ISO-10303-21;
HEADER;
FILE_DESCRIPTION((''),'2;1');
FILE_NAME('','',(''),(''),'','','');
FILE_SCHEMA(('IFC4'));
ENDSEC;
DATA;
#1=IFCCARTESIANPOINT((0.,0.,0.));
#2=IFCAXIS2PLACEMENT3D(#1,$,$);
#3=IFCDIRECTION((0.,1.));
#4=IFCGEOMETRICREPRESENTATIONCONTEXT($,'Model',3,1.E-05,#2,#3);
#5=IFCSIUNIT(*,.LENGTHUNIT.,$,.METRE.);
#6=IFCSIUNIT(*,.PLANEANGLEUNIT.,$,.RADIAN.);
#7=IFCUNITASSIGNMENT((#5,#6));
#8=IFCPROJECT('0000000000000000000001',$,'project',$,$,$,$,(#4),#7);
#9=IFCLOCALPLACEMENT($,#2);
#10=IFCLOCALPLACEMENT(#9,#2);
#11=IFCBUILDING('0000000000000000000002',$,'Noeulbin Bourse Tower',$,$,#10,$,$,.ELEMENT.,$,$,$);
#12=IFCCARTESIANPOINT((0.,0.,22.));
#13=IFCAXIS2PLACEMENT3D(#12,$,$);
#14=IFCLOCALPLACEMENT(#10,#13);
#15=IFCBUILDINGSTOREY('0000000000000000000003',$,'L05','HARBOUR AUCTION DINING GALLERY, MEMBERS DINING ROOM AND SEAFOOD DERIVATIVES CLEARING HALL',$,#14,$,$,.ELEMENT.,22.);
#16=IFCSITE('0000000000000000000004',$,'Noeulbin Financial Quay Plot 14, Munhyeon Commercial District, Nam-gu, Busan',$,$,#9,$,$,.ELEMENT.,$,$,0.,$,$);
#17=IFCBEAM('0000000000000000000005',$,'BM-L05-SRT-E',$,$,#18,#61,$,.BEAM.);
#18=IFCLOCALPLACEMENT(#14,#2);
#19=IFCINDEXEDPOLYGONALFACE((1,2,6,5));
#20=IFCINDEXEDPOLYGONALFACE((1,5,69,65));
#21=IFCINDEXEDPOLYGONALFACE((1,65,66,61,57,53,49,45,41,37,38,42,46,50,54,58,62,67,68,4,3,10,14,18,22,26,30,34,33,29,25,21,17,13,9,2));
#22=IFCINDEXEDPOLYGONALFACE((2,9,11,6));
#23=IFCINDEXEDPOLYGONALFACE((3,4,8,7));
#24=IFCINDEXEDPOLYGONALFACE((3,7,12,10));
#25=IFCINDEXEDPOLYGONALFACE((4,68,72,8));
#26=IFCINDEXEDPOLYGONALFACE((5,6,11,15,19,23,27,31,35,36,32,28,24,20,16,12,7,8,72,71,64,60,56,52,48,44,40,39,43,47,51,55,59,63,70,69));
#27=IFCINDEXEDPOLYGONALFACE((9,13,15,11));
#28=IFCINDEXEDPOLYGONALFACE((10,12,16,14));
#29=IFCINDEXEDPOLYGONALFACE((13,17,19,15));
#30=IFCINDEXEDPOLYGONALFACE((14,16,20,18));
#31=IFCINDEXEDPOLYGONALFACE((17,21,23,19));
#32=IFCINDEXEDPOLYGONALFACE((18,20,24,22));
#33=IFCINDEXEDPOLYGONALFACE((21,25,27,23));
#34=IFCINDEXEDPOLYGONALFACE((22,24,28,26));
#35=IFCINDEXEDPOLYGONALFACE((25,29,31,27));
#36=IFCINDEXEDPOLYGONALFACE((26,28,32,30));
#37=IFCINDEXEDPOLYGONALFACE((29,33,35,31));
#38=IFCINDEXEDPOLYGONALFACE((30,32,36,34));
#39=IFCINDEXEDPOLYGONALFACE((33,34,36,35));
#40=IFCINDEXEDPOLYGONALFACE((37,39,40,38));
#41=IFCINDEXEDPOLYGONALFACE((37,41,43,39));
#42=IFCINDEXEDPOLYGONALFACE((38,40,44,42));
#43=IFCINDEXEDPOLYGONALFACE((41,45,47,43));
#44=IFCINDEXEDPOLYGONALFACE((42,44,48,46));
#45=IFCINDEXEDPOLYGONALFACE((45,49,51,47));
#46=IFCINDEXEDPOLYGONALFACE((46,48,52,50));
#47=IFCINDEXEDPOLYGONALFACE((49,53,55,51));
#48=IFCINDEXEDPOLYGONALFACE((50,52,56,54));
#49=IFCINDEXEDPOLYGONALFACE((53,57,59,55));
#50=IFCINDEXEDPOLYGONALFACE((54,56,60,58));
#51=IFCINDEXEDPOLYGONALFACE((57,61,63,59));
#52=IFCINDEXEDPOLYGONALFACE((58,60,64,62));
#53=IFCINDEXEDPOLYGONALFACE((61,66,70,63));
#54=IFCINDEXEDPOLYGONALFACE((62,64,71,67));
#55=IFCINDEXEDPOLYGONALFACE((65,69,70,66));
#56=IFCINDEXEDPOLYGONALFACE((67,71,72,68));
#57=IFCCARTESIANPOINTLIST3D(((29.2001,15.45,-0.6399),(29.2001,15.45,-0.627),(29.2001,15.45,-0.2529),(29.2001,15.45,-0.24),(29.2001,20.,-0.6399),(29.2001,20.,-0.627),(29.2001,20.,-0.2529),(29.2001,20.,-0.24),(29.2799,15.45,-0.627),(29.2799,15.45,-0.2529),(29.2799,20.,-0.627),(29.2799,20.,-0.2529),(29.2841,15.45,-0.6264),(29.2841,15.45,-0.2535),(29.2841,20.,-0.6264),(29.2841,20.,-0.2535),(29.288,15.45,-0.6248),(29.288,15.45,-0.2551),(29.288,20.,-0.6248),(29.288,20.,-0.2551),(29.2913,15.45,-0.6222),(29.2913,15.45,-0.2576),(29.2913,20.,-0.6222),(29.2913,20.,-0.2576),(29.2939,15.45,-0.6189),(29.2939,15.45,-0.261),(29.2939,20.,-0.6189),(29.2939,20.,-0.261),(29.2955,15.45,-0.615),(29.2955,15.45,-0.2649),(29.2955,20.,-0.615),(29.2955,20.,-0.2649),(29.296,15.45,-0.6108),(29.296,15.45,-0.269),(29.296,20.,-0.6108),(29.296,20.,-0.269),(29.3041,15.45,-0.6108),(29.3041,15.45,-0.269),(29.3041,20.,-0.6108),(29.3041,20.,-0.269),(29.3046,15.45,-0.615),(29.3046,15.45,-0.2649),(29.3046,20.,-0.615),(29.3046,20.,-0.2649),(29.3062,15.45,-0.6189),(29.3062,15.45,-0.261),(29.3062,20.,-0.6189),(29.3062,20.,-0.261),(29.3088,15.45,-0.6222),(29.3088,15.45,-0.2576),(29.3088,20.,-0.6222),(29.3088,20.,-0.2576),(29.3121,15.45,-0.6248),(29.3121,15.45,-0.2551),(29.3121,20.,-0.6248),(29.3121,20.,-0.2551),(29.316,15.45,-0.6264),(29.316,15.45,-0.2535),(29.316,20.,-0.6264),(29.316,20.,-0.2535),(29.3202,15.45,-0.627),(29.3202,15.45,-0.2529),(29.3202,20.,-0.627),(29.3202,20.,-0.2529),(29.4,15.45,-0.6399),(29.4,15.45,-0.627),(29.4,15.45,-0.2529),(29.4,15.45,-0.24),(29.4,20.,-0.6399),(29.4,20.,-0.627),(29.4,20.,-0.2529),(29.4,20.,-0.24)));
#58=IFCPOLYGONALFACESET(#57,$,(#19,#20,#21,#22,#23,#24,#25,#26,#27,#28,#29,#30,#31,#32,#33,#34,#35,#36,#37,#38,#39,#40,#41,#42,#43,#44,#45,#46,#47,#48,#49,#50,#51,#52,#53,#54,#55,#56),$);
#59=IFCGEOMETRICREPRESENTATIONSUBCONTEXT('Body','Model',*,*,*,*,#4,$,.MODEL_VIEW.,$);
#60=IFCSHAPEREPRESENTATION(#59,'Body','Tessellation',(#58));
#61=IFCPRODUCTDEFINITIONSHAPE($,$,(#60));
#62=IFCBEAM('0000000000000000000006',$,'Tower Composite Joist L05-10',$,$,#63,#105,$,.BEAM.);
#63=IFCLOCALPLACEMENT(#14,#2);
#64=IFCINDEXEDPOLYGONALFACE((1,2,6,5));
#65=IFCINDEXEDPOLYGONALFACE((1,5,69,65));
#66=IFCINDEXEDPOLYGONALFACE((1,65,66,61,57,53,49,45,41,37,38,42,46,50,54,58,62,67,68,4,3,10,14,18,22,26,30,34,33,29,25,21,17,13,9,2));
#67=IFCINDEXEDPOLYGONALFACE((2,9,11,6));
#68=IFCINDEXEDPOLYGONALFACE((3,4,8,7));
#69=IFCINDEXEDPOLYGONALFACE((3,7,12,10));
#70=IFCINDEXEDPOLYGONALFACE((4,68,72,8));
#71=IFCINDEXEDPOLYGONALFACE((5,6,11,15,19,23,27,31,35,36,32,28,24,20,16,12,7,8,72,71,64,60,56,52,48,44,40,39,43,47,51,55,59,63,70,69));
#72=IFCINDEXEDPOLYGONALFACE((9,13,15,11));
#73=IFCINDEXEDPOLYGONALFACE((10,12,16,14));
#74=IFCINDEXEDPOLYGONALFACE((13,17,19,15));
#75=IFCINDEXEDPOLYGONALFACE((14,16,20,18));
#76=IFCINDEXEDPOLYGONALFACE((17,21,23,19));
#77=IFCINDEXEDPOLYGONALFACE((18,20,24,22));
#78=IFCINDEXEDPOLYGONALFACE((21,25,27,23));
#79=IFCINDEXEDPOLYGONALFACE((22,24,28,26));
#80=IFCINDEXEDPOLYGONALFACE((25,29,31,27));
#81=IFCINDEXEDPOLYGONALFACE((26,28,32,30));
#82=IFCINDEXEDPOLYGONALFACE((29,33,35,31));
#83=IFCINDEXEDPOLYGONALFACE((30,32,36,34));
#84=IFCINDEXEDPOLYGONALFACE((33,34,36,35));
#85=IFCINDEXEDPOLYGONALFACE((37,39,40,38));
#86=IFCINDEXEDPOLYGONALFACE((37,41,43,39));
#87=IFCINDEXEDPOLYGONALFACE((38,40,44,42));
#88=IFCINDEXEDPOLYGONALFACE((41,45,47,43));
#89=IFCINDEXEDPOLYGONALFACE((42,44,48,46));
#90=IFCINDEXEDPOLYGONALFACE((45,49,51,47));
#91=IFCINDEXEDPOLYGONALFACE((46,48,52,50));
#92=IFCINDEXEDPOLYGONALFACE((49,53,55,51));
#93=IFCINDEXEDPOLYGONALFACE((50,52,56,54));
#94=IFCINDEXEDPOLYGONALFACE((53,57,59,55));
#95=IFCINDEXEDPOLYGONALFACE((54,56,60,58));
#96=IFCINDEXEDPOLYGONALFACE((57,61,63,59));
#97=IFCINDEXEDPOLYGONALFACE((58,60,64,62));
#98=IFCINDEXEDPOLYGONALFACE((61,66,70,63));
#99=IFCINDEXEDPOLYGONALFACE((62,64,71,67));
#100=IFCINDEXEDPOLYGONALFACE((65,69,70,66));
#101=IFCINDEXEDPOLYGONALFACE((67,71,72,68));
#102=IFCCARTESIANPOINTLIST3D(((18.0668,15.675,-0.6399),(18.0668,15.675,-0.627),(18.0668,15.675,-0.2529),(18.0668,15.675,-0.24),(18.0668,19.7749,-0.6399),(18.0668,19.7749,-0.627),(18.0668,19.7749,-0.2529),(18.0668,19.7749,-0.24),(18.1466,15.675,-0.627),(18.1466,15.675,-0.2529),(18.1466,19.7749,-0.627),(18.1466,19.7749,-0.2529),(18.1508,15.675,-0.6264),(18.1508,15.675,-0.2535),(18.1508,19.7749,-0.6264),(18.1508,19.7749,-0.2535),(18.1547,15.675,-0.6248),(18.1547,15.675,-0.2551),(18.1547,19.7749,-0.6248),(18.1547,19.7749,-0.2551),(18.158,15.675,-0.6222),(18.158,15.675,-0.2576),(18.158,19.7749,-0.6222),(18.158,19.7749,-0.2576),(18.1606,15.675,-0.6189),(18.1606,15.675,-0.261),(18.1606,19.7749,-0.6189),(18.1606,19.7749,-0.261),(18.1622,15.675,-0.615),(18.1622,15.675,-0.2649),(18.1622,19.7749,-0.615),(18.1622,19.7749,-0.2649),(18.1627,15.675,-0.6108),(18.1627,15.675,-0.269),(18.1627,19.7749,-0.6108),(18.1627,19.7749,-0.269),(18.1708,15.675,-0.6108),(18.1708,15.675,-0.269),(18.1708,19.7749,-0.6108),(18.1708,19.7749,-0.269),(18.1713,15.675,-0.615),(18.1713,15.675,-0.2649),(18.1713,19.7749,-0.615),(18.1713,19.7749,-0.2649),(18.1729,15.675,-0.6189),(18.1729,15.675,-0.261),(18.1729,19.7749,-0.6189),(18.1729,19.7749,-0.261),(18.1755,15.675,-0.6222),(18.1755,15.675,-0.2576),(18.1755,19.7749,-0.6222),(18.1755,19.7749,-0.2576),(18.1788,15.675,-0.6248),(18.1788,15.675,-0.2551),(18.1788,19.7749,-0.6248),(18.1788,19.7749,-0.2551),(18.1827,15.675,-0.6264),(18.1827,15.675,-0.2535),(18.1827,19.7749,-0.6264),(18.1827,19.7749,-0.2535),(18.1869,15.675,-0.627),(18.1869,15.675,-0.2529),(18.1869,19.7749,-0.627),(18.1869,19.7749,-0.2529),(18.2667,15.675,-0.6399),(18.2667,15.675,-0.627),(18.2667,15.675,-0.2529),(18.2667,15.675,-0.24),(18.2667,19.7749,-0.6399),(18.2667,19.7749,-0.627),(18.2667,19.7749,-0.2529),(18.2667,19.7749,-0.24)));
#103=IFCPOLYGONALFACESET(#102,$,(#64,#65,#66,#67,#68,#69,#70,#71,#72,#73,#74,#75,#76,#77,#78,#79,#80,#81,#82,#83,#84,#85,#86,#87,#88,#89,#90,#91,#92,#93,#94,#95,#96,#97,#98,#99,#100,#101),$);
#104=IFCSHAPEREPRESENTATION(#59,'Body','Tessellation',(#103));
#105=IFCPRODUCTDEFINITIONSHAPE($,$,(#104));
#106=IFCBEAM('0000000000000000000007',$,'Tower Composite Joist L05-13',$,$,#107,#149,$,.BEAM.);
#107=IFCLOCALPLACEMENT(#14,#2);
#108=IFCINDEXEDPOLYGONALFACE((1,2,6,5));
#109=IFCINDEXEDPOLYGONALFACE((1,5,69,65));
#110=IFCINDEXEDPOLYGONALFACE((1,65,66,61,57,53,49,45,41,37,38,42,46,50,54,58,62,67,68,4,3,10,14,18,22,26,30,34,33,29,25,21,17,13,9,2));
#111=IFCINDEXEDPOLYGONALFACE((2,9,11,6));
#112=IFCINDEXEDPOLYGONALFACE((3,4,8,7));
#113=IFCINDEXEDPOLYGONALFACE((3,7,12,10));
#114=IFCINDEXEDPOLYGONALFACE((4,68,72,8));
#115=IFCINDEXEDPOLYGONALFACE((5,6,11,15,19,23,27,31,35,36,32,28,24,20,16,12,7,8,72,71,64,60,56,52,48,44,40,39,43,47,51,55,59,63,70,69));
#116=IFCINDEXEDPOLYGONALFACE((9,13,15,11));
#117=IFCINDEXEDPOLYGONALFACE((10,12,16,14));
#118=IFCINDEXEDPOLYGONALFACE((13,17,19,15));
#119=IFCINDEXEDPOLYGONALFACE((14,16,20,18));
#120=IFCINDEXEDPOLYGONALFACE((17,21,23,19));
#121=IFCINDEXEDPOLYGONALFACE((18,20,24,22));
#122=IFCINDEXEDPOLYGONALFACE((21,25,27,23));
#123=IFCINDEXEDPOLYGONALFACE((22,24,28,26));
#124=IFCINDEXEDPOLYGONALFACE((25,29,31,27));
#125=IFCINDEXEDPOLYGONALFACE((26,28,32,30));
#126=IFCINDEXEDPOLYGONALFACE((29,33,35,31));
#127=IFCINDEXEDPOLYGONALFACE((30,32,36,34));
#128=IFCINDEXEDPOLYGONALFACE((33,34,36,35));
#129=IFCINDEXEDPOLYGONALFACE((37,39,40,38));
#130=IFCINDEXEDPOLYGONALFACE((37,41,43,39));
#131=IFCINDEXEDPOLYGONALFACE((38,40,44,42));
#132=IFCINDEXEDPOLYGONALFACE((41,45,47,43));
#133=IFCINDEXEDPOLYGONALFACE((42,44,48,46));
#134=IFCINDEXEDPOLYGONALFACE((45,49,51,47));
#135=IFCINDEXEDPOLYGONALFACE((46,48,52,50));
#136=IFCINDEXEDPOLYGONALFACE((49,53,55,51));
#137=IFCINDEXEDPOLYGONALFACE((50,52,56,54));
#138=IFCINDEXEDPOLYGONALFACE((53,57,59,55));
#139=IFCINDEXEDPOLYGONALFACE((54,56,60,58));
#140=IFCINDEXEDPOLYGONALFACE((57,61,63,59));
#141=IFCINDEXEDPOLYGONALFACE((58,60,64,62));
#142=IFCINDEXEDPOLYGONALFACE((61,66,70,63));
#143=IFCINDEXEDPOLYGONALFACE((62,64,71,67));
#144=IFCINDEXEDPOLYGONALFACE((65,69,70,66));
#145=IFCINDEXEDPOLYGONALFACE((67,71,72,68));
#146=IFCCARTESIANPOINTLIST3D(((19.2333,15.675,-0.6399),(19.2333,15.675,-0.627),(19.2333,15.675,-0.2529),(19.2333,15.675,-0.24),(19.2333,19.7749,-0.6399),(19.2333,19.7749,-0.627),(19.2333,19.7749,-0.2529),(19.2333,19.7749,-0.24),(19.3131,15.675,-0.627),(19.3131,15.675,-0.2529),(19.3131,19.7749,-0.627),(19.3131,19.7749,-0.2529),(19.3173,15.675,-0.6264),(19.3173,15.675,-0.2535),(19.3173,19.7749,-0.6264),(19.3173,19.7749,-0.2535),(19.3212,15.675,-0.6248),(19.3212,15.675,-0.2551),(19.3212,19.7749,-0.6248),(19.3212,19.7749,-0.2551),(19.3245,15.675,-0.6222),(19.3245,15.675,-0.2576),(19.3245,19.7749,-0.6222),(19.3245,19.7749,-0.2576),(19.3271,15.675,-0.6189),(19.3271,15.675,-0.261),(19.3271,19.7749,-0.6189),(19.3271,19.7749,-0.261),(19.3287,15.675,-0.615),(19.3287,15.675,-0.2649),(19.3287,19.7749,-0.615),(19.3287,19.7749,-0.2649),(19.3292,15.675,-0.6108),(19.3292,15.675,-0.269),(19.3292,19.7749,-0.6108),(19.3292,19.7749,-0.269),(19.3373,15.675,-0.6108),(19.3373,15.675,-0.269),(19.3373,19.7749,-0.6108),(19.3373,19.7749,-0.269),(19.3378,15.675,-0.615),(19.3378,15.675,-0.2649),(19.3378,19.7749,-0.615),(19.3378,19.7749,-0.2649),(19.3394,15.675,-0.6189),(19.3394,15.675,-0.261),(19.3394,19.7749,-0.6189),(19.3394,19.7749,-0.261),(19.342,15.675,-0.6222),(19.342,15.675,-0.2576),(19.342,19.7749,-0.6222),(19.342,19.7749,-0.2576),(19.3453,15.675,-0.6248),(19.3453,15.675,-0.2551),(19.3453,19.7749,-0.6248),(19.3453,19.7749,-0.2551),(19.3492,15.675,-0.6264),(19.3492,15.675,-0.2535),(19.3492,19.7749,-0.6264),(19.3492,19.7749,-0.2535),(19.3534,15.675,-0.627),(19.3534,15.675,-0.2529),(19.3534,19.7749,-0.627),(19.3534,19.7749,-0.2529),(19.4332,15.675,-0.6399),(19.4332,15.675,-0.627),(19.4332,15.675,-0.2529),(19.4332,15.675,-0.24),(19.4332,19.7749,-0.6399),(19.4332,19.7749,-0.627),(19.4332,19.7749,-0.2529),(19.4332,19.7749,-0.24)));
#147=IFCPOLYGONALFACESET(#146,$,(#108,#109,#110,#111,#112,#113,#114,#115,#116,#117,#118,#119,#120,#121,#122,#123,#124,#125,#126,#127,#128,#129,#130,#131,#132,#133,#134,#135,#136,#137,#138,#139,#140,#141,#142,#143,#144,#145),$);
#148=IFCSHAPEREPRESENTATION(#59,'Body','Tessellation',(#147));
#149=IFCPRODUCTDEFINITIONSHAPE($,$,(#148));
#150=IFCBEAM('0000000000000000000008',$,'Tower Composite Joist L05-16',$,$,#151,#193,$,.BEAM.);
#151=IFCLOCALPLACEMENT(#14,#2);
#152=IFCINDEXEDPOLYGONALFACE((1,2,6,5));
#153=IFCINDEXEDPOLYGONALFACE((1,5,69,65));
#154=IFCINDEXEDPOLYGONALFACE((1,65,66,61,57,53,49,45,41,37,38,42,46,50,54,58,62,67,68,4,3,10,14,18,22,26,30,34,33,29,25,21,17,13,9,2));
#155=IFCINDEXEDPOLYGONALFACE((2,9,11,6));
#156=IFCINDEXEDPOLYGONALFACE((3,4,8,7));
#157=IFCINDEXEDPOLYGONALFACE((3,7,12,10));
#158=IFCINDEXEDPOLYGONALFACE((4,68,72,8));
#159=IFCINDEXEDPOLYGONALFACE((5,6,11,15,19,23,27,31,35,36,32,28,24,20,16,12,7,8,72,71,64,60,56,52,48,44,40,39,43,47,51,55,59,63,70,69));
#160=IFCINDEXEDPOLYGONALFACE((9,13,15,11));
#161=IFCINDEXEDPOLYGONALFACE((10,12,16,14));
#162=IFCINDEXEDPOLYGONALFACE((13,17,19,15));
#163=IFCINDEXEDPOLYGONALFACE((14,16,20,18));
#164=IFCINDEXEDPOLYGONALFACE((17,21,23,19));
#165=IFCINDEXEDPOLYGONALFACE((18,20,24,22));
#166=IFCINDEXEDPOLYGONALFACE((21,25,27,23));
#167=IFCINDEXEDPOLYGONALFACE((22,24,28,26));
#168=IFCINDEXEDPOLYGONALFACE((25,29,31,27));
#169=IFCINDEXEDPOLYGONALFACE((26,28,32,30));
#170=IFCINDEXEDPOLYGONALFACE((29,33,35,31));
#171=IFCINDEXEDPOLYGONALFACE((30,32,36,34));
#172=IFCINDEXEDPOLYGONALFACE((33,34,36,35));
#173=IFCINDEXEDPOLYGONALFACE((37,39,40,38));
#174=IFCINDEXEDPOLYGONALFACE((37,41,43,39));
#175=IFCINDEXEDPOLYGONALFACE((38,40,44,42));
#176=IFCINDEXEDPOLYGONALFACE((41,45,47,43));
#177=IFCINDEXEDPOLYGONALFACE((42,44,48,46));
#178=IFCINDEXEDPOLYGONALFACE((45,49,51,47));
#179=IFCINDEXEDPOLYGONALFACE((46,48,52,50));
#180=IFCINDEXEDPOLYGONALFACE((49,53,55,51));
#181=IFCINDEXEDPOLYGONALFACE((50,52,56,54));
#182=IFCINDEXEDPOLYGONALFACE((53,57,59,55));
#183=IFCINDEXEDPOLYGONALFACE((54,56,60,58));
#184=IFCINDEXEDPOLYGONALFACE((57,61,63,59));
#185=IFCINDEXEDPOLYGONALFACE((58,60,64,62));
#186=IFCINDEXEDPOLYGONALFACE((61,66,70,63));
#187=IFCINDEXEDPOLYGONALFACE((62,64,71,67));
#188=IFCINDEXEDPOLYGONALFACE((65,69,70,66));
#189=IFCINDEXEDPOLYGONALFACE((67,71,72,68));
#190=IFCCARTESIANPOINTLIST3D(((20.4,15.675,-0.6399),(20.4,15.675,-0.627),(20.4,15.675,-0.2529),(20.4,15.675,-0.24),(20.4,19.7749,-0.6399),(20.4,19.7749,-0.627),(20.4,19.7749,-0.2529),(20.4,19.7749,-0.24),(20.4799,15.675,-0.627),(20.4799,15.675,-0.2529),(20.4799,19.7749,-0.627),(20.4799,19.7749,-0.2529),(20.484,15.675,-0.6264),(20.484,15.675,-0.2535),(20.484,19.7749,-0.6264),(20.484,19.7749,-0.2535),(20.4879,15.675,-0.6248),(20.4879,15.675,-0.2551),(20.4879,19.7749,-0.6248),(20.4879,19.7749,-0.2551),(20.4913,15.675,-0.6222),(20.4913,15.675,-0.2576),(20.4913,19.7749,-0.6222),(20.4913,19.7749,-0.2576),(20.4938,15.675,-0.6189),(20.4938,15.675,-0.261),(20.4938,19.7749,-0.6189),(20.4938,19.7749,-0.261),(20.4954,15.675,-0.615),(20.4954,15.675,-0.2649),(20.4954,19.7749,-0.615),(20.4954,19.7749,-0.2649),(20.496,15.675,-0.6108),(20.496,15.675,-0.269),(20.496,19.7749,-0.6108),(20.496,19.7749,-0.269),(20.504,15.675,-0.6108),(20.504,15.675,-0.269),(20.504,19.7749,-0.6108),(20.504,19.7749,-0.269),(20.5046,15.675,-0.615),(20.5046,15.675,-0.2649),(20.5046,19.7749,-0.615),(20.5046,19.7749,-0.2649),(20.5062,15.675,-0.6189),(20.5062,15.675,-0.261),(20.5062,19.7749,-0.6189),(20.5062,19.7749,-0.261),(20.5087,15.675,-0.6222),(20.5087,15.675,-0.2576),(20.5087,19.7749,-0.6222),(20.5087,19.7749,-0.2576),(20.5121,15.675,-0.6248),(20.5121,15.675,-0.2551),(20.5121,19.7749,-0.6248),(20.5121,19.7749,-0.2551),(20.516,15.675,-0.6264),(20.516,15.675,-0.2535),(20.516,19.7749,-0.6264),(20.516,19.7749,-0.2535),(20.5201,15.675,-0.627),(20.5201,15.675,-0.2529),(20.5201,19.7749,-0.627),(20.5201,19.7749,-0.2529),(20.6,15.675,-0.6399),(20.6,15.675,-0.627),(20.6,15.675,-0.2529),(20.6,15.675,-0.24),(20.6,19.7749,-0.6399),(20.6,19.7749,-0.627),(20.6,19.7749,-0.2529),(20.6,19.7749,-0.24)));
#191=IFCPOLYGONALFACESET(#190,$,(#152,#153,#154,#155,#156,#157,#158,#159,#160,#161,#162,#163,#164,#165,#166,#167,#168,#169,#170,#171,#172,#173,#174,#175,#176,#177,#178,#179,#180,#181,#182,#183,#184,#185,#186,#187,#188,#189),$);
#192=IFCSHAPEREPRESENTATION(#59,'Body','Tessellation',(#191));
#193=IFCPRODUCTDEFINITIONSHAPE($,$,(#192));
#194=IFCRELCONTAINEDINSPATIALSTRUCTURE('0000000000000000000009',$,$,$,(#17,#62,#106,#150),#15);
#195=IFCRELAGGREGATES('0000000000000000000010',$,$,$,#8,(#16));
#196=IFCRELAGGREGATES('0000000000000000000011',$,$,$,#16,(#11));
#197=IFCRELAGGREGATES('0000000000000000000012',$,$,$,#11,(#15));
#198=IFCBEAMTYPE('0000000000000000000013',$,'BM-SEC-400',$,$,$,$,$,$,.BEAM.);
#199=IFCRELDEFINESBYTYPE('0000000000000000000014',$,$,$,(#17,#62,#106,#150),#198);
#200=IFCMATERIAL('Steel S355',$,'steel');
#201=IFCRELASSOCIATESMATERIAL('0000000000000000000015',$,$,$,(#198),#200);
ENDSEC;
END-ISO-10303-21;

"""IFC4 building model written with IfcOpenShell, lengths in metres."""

from ifc_helpers import new_model, si_unit, direction, frame, origin, origin_2d, place, context, subcontext, project, spatial, i_section, extrude, material, material_profile, profile_set, type_object, element, save


model = new_model("IFC4")

# Units and contexts
model_context = context("Model", 3, precision=1e-05, world=origin(), true_north=direction((0.0, 1.0)))
body_context = subcontext(model_context, "Body", "Model", "MODEL_VIEW")
ifc_project = project(units=[si_unit("LENGTHUNIT", "METRE"), si_unit("PLANEANGLEUNIT", "RADIAN")], contexts=[model_context])

# Site, building, storey
site_placement = place(None, origin())
site = spatial("IfcSite", under=ifc_project, at=site_placement, Name="Noeulbin Financial Quay Plot 14, Munhyeon Commercial District, Nam-gu, Busan", CompositionType="ELEMENT", RefElevation=0.0)
building_placement = place(site_placement, origin())
building = spatial("IfcBuilding", under=site, at=building_placement, Name="Noeulbin Bourse Tower", CompositionType="ELEMENT")
storey_placement = place(building_placement, frame((0.0, 0.0, 22.0)))
storey = spatial("IfcBuildingStorey", under=building, at=storey_placement, Name="L05", Description="HARBOUR AUCTION DINING GALLERY, MEMBERS DINING ROOM AND SEAFOOD DERIVATIVES CLEARING HALL", CompositionType="ELEMENT", Elevation=22.0)

# Beams
ifc_material_1 = material(Name="Steel S355", Category="steel")
ifc_material_profile_1 = material_profile(ifc_material_1, i_section(OverallWidth=0.2, OverallDepth=0.3999, WebThickness=0.0081, FlangeThickness=0.0129, FilletRadius=0.0161, at=origin_2d()), Name="H-400x200x8x13", Category="LoadBearing")
ifc_profile_set_1 = profile_set([ifc_material_profile_1], Name="Steel S355")
beam_type_1 = type_object("IfcBeamType", Name="BM-SEC-400", PredefinedType="BEAM", material=ifc_profile_set_1)
for number, where, z_axis, x_axis, name in (
    (1, (29.3, 15.45, -0.4399), (0.0, 1.0, 0.0), (-1.0, 0.0, 0.0), "BM-L05-SRT-E"),
):
    element("IfcBeam", number, at=place(storey_placement, frame(where, z_axis=z_axis, x_axis=x_axis)), inside=storey, type_object=beam_type_1, Name=name, PredefinedType="BEAM", context=body_context, shape_type="SweptSolid", body=[
        extrude(i_section(OverallWidth=0.2, OverallDepth=0.3999, WebThickness=0.0081, FlangeThickness=0.0129, FilletRadius=0.0161, at=origin_2d()), origin(), (0.0, 0.0, 1.0), 4.55),
    ])
for number, where, z_axis, x_axis, name in (
    (2, (18.1667, 15.675, -0.4399), (0.0, 1.0, 0.0), (-1.0, 0.0, 0.0), "Tower Composite Joist L05-10"),
    (3, (19.3333, 15.675, -0.4399), (0.0, 1.0, 0.0), (-1.0, 0.0, 0.0), "Tower Composite Joist L05-13"),
    (4, (20.5, 15.675, -0.4399), (0.0, 1.0, 0.0), (-1.0, 0.0, 0.0), "Tower Composite Joist L05-16"),
):
    element("IfcBeam", number, at=place(storey_placement, frame(where, z_axis=z_axis, x_axis=x_axis)), inside=storey, type_object=beam_type_1, Name=name, PredefinedType="BEAM", context=body_context, shape_type="SweptSolid", body=[
        extrude(i_section(OverallWidth=0.2, OverallDepth=0.3999, WebThickness=0.0081, FlangeThickness=0.0129, FilletRadius=0.0161, at=origin_2d()), origin(), (0.0, 0.0, 1.0), 4.0999),
    ])

save(model, "model.ifc")
